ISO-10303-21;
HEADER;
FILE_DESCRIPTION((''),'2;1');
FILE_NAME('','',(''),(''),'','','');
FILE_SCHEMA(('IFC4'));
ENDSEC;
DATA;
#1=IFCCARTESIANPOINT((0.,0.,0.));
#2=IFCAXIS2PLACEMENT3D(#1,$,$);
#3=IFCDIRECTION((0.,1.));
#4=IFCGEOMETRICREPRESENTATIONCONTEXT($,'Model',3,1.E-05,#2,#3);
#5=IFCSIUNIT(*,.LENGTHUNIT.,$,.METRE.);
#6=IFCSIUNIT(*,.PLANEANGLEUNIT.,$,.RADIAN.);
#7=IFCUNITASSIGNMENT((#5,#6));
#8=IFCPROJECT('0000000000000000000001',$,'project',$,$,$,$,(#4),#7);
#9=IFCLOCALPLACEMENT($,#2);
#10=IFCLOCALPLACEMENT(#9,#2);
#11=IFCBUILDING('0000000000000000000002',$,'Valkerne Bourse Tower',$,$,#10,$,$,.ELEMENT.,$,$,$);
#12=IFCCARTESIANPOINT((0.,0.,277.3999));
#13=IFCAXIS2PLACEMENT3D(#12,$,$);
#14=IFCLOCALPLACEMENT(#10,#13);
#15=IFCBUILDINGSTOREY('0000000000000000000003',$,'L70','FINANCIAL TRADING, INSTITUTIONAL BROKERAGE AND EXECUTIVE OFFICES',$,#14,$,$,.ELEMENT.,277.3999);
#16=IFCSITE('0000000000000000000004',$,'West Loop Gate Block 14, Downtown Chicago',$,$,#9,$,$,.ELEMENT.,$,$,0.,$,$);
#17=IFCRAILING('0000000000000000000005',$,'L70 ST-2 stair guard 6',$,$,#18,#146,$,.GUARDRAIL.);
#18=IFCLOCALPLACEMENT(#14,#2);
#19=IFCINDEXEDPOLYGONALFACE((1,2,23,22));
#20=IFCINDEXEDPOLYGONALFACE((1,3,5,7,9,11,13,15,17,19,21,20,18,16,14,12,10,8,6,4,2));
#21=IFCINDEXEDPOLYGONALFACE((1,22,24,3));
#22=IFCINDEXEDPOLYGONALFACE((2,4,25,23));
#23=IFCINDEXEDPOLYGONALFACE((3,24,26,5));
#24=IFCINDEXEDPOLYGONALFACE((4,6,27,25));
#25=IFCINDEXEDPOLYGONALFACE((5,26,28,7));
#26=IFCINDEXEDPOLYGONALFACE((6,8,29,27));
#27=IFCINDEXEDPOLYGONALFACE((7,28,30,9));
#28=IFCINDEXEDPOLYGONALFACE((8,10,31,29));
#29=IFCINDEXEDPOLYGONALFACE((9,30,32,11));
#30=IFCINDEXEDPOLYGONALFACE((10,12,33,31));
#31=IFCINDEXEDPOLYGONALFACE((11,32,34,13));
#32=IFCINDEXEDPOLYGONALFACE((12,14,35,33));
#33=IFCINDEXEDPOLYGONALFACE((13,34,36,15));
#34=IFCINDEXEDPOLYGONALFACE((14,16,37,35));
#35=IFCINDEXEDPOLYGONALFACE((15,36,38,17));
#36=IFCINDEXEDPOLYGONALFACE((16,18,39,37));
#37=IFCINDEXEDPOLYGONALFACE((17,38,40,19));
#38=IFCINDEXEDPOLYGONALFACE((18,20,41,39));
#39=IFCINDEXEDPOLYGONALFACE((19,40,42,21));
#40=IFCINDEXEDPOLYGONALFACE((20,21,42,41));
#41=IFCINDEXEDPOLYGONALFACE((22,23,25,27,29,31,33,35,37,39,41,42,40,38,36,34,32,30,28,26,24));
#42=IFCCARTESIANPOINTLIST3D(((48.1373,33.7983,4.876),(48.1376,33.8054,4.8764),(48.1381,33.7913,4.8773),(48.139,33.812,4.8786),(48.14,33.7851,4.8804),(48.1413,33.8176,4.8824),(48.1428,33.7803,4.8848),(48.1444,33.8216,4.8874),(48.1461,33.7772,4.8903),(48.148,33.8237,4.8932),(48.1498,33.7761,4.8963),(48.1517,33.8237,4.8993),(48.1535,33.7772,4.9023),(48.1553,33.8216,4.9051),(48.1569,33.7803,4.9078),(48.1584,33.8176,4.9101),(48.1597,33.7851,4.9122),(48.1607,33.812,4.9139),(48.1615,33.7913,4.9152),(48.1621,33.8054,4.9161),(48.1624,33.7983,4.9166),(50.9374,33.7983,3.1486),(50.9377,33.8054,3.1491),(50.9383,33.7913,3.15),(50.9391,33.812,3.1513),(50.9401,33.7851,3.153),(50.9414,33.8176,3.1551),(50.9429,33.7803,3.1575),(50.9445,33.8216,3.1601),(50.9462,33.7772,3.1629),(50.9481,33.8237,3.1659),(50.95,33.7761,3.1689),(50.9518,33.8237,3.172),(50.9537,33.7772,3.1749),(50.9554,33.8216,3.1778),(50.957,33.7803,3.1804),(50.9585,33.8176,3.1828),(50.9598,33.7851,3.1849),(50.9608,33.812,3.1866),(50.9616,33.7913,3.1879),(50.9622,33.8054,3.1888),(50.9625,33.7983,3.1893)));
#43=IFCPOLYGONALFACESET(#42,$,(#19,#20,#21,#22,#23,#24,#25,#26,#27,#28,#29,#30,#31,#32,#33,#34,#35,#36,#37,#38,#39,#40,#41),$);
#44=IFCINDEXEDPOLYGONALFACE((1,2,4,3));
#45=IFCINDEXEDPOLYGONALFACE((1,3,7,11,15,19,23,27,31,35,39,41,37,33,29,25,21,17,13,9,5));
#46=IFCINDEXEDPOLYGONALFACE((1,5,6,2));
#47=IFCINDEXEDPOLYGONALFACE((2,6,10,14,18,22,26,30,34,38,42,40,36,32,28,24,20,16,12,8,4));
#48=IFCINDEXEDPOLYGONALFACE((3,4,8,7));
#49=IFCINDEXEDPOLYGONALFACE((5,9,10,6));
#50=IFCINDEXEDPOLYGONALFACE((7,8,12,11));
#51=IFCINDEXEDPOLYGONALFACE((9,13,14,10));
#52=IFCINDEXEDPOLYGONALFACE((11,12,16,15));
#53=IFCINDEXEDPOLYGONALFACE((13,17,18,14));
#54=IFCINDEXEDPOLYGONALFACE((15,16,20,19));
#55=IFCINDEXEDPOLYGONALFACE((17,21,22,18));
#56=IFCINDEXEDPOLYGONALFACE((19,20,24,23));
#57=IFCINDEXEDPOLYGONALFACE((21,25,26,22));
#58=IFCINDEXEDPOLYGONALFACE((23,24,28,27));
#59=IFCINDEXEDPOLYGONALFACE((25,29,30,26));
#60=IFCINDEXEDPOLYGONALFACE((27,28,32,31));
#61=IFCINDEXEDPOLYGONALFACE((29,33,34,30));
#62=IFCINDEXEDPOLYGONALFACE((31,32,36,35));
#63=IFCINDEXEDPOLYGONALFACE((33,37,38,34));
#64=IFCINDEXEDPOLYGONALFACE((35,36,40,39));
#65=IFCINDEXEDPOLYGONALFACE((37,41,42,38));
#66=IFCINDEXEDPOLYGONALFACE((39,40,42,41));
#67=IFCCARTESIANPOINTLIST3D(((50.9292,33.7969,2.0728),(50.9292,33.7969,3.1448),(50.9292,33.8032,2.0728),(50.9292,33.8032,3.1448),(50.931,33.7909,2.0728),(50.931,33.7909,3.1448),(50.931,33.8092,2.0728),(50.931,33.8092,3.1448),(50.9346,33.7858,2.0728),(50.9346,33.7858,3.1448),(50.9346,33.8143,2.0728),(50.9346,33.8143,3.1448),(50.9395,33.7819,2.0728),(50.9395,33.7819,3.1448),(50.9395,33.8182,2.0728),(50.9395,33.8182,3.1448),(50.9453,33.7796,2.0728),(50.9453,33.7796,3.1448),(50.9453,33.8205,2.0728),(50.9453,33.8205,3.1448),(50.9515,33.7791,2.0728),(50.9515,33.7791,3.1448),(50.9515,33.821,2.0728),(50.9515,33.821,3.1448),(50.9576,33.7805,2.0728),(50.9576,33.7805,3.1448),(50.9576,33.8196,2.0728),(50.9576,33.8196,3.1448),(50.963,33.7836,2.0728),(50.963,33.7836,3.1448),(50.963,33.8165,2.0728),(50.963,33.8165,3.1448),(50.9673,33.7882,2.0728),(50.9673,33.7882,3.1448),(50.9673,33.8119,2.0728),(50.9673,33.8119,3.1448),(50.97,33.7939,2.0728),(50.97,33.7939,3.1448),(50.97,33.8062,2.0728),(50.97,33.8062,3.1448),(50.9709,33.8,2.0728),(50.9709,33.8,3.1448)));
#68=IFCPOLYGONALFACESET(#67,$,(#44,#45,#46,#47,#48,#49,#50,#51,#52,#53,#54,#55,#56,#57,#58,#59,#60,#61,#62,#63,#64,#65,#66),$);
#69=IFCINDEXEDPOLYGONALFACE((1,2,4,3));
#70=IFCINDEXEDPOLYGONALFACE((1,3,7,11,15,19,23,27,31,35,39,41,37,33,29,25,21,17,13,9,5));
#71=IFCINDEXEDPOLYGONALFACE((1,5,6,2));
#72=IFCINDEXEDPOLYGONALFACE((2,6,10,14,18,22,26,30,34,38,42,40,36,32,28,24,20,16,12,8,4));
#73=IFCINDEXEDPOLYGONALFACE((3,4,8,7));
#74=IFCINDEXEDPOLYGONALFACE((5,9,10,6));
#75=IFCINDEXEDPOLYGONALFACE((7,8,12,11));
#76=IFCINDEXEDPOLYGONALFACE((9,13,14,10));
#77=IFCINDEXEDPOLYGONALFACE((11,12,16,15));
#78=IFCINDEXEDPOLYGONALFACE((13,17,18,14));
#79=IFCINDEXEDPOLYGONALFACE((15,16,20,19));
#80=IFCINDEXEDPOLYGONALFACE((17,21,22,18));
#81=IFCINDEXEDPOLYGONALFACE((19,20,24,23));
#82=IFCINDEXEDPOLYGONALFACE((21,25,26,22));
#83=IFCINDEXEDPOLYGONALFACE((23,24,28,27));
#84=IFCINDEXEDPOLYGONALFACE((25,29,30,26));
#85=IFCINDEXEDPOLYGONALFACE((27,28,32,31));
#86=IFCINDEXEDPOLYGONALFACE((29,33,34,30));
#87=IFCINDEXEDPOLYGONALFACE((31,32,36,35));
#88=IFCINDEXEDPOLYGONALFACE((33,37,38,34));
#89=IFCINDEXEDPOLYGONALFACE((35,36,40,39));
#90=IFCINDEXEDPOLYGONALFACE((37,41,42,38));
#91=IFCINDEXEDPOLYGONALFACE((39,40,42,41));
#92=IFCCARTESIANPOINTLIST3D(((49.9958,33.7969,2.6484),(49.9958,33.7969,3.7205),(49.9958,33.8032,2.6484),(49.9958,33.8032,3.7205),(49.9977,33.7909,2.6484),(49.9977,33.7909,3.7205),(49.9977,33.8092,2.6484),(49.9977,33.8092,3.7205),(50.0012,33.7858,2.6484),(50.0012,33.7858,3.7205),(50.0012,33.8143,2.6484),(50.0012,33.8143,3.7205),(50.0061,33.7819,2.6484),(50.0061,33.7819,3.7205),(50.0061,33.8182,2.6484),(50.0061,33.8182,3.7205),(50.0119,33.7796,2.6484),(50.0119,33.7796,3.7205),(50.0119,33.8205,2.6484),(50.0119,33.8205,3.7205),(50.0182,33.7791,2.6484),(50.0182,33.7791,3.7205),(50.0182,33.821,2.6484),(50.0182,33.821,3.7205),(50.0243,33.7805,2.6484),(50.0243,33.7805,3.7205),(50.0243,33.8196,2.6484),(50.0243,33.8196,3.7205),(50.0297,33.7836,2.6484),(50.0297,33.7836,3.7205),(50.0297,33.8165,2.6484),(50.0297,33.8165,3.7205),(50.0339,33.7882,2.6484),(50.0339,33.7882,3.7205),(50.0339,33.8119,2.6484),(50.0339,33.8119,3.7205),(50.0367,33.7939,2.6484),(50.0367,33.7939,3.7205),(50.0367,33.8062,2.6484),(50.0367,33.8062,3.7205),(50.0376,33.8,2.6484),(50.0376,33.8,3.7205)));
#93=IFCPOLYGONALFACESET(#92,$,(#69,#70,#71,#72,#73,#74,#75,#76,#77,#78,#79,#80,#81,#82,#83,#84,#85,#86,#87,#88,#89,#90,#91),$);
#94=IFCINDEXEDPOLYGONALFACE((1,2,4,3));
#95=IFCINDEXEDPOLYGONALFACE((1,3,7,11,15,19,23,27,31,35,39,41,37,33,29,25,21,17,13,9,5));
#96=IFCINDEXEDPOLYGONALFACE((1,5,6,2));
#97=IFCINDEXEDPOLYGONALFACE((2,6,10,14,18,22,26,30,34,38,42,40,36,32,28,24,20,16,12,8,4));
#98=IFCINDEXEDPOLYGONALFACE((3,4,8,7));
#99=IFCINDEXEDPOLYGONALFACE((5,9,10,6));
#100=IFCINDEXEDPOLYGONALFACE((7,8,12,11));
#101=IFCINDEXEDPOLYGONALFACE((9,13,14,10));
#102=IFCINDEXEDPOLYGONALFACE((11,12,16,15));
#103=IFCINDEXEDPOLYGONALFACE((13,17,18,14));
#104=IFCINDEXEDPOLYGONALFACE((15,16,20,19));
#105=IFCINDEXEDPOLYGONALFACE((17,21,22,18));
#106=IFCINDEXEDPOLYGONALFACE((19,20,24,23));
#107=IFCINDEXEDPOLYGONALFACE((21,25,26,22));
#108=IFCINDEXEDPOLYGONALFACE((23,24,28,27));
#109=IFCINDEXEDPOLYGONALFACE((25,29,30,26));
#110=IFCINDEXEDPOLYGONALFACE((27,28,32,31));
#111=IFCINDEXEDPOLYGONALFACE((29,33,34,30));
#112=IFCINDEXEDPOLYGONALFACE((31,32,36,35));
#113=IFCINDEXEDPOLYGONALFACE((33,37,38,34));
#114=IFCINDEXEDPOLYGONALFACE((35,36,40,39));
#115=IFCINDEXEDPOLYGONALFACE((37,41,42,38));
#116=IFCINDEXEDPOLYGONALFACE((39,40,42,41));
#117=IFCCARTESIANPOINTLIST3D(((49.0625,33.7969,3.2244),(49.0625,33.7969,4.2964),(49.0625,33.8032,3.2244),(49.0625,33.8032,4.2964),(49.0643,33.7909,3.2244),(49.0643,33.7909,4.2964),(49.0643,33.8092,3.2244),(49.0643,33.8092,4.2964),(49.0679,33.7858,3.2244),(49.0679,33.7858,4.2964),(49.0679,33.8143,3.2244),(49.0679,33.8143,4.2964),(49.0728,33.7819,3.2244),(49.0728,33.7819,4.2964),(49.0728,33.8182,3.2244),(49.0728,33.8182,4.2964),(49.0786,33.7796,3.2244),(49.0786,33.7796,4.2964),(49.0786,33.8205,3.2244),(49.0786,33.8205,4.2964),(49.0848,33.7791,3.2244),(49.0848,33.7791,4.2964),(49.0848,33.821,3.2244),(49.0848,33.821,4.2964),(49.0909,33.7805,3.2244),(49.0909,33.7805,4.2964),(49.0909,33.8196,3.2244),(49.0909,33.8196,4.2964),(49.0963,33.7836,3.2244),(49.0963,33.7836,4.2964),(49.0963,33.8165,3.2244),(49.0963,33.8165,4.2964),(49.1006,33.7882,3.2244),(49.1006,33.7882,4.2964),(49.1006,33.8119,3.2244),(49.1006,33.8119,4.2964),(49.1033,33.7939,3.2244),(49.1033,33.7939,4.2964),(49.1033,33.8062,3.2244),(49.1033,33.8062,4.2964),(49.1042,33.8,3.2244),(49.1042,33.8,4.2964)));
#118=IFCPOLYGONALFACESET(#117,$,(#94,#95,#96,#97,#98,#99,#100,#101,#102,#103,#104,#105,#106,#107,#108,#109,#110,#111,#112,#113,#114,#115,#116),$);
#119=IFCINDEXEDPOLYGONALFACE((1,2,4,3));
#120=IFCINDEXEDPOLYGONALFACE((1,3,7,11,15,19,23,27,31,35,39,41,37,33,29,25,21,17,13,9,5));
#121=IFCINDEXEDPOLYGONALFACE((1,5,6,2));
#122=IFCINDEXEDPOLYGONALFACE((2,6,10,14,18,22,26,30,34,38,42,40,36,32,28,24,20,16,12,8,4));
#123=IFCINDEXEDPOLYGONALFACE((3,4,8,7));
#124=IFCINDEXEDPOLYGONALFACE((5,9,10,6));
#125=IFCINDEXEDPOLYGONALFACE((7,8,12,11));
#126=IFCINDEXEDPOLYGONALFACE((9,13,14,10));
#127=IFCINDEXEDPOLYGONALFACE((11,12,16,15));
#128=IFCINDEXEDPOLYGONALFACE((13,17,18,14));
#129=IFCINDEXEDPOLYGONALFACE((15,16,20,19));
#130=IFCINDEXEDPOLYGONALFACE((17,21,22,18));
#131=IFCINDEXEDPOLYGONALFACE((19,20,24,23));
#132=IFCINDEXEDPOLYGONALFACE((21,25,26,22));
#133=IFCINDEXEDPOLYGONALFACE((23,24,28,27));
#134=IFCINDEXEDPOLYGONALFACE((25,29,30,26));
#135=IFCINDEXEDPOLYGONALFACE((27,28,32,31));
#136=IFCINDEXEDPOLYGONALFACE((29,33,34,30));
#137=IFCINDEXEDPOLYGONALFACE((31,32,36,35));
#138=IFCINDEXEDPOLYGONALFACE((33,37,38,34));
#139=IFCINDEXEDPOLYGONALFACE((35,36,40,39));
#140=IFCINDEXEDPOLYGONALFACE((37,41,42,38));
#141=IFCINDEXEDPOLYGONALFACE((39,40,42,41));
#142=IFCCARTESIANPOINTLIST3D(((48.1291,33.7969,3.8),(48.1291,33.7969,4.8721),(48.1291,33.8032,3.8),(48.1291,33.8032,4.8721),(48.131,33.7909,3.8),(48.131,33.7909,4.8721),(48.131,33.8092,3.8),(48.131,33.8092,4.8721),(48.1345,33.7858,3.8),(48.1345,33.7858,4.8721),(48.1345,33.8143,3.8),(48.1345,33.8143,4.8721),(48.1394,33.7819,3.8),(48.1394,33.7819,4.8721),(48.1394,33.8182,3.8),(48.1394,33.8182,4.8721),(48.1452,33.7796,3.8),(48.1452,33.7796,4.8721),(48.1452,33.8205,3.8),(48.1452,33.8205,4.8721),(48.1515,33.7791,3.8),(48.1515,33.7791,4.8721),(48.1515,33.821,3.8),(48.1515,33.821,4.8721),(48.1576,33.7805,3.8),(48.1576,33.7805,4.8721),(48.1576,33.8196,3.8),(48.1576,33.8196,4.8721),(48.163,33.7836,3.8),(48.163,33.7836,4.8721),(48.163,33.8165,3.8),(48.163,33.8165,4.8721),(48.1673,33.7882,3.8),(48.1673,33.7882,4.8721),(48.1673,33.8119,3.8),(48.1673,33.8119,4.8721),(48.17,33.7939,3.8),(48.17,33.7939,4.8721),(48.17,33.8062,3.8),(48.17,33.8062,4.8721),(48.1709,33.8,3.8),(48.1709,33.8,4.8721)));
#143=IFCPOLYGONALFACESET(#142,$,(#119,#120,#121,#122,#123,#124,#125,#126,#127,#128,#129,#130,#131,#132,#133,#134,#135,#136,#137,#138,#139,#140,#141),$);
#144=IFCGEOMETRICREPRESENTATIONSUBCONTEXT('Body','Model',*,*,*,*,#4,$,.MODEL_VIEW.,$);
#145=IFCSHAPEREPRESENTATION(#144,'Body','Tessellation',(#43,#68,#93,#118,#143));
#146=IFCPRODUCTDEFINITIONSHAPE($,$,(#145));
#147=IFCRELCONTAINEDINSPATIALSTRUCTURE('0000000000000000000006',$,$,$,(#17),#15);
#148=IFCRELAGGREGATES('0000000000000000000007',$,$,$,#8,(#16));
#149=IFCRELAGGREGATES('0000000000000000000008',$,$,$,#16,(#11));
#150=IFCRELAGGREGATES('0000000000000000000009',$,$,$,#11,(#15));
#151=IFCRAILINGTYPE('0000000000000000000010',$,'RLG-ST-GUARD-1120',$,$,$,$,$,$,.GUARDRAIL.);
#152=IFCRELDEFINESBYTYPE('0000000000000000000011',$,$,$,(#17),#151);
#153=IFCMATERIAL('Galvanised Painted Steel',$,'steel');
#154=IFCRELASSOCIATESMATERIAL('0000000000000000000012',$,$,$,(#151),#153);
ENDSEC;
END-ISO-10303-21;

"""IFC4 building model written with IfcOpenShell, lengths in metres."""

from ifc_helpers import new_model, si_unit, direction, frame, origin, origin_2d, place, context, subcontext, project, spatial, circle, extrude, material, type_object, element, save


model = new_model("IFC4")

# Units and contexts
model_context = context("Model", 3, precision=1e-05, world=origin(), true_north=direction((0.0, 1.0)))
body_context = subcontext(model_context, "Body", "Model", "MODEL_VIEW")
ifc_project = project(units=[si_unit("LENGTHUNIT", "METRE"), si_unit("PLANEANGLEUNIT", "RADIAN")], contexts=[model_context])

# Site, building, storey
site_placement = place(None, origin())
site = spatial("IfcSite", under=ifc_project, at=site_placement, Name="West Loop Gate Block 14, Downtown Chicago", CompositionType="ELEMENT", RefElevation=0.0)
building_placement = place(site_placement, origin())
building = spatial("IfcBuilding", under=site, at=building_placement, Name="Valkerne Bourse Tower", CompositionType="ELEMENT")
storey_placement = place(building_placement, frame((0.0, 0.0, 277.3999)))
storey = spatial("IfcBuildingStorey", under=building, at=storey_placement, Name="L70", Description="FINANCIAL TRADING, INSTITUTIONAL BROKERAGE AND EXECUTIVE OFFICES", CompositionType="ELEMENT", Elevation=277.3999)

# Shared definitions
ifc_material_1 = material(Name="Galvanised Painted Steel", Category="steel")

# Railing
railing_type_1 = type_object("IfcRailingType", Name="RLG-ST-GUARD-1120", PredefinedType="GUARDRAIL", material=ifc_material_1)
railing_1_placement = place(storey_placement, frame((50.95, 33.8, 2.0728)))
element("IfcRailing", 1, at=railing_1_placement, inside=storey, type_object=railing_type_1, Name="L70 ST-2 stair guard 6", PredefinedType="GUARDRAIL", context=body_context, shape_type="SweptSolid", body=[
    extrude(circle(Radius=0.0239, at=origin_2d()), frame((0.0, 0.0, 1.0962), z_axis=(-0.85109, 0.0, 0.52502), x_axis=(0.0, -1.0, 0.0)), (0.0, 0.0, 1.0), 3.29),
    extrude(circle(Radius=0.021, at=origin_2d()), origin(), (0.0, 0.0, 1.0), 1.072),
    extrude(circle(Radius=0.021, at=origin_2d()), frame((-0.9333, 0.0, 0.5757)), (0.0, 0.0, 1.0), 1.072),
    extrude(circle(Radius=0.021, at=origin_2d()), frame((-1.8667, 0.0, 1.1516)), (0.0, 0.0, 1.0), 1.072),
    extrude(circle(Radius=0.021, at=origin_2d()), frame((-2.8, 0.0, 1.7273)), (0.0, 0.0, 1.0), 1.072),
])

save(model, "model.ifc")
